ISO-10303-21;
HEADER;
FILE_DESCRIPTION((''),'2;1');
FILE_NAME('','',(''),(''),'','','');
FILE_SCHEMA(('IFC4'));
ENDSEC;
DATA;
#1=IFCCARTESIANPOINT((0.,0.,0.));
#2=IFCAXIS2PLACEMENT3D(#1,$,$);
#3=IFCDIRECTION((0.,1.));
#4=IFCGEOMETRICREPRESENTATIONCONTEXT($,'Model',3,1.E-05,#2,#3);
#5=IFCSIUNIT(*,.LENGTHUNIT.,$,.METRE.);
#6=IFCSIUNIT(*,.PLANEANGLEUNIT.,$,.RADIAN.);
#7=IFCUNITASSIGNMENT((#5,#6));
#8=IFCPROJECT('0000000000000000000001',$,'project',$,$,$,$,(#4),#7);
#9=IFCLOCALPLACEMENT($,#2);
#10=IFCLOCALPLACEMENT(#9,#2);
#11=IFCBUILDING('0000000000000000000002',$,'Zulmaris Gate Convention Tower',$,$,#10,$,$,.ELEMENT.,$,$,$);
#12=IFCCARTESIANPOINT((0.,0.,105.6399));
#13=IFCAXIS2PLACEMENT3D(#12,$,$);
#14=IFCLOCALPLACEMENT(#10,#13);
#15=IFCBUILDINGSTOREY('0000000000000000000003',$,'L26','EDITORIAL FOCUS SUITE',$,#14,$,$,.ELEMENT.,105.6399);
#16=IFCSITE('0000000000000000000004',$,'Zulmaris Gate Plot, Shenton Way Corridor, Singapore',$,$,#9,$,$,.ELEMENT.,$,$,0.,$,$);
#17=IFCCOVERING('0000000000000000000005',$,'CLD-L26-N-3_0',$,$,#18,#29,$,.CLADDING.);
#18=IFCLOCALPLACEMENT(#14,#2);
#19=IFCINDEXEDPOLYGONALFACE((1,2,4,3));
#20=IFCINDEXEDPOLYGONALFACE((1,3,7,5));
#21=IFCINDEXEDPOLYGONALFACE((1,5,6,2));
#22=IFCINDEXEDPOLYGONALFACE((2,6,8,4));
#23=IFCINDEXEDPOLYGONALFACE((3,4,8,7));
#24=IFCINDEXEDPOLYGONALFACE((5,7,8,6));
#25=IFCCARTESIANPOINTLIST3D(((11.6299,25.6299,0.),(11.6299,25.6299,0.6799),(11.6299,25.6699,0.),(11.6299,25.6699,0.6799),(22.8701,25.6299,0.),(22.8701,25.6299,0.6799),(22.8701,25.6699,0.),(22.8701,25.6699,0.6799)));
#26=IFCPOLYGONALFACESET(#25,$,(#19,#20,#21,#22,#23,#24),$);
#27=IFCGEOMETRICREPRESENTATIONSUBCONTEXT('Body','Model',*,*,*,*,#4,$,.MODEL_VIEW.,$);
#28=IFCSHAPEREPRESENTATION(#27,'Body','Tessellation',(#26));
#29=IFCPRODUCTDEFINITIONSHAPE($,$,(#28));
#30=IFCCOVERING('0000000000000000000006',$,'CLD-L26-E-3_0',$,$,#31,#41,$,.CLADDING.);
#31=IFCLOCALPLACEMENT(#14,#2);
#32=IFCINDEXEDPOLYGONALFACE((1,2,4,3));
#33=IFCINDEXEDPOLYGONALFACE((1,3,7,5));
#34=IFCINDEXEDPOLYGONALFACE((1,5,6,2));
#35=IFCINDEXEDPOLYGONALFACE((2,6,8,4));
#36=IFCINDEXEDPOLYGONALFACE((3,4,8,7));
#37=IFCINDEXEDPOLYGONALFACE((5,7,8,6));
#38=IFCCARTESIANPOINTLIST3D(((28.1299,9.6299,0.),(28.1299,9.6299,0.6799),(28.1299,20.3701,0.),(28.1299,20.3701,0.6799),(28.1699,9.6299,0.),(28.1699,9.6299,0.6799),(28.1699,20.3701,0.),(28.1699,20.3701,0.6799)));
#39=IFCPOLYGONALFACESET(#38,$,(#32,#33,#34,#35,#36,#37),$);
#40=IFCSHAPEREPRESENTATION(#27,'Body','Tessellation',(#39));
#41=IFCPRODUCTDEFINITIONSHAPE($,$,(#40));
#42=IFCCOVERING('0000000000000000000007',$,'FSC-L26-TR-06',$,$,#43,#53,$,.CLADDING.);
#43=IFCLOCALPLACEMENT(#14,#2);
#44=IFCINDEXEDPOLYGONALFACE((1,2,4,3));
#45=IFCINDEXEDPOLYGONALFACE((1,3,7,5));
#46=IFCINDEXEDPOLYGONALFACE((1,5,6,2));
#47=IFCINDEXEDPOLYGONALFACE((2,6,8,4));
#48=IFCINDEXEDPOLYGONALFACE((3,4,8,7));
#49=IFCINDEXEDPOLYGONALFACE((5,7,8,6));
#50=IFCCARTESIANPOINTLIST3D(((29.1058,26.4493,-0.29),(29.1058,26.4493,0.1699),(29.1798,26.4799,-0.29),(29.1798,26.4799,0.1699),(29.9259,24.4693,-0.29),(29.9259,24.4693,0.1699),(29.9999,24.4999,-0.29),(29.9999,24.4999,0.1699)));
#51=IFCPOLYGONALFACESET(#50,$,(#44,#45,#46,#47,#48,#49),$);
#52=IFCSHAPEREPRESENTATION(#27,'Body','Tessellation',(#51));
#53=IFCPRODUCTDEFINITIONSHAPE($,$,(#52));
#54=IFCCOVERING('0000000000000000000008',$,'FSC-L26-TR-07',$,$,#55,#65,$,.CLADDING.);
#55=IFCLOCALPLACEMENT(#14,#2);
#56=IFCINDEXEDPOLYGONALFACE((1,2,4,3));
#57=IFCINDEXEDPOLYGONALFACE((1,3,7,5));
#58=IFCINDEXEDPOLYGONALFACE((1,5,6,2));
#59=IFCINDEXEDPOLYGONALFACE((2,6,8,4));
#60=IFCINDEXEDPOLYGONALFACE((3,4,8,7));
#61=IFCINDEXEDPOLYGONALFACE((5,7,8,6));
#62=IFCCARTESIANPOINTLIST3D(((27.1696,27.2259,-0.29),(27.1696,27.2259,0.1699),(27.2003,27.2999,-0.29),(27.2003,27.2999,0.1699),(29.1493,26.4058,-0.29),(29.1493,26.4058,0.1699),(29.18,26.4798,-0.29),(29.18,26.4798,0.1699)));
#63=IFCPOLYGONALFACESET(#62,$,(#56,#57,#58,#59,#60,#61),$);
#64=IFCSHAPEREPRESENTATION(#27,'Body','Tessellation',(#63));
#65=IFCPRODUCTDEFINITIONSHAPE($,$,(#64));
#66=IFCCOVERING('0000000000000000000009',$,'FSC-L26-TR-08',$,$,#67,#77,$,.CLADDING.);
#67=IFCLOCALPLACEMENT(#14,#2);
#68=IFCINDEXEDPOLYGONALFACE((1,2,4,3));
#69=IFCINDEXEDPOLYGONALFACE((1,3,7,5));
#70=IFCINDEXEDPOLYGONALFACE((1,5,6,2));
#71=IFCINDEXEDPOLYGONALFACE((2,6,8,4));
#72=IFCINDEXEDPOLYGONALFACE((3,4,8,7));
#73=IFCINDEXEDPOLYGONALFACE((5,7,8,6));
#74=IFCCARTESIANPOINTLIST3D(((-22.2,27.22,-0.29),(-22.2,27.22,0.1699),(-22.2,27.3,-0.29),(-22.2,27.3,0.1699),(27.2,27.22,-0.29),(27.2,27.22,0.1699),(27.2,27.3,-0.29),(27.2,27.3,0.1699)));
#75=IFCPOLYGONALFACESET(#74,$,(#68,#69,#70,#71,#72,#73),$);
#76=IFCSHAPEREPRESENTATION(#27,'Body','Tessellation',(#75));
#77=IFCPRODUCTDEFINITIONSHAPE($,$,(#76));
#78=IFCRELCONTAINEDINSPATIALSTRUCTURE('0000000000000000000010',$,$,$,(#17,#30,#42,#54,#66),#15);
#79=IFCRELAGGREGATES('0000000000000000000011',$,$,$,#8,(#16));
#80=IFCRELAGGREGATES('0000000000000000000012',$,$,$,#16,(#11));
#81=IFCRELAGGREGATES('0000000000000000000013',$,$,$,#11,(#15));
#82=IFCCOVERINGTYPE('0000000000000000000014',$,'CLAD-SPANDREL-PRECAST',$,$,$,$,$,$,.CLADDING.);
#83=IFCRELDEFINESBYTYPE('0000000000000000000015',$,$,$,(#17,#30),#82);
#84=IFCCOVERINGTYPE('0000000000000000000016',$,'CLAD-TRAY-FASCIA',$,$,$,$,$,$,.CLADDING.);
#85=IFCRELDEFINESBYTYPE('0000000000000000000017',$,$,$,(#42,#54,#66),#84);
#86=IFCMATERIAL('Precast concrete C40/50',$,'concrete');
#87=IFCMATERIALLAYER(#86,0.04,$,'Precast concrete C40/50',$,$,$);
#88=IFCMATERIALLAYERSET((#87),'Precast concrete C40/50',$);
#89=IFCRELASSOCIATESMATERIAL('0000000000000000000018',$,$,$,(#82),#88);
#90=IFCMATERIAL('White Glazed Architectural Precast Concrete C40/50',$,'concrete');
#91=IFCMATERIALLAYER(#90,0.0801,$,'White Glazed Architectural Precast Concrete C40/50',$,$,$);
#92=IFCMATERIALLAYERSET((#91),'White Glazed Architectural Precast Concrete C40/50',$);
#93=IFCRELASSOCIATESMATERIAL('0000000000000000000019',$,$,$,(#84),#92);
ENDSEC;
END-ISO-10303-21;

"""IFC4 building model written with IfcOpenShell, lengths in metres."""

from ifc_helpers import new_model, si_unit, direction, frame, frame_2d, origin, place, context, subcontext, project, spatial, rectangle, extrude, material, layer, layer_set, type_object, element, save


model = new_model("IFC4")

# Units and contexts
model_context = context("Model", 3, precision=1e-05, world=origin(), true_north=direction((0.0, 1.0)))
body_context = subcontext(model_context, "Body", "Model", "MODEL_VIEW")
ifc_project = project(units=[si_unit("LENGTHUNIT", "METRE"), si_unit("PLANEANGLEUNIT", "RADIAN")], contexts=[model_context])

# Site, building, storey
site_placement = place(None, origin())
site = spatial("IfcSite", under=ifc_project, at=site_placement, Name="Zulmaris Gate Plot, Shenton Way Corridor, Singapore", CompositionType="ELEMENT", RefElevation=0.0)
building_placement = place(site_placement, origin())
building = spatial("IfcBuilding", under=site, at=building_placement, Name="Zulmaris Gate Convention Tower", CompositionType="ELEMENT")
storey_placement = place(building_placement, frame((0.0, 0.0, 105.6399)))
storey = spatial("IfcBuildingStorey", under=building, at=storey_placement, Name="L26", Description="EDITORIAL FOCUS SUITE", CompositionType="ELEMENT", Elevation=105.6399)

# Shared definitions
ifc_material_1 = material(Name="Precast concrete C40/50", Category="concrete")

# Coverings
ifc_layer_1 = layer(ifc_material_1, 0.04, Name="Precast concrete C40/50")
ifc_layer_set_1 = layer_set([ifc_layer_1], Name="Precast concrete C40/50")
covering_type_1 = type_object("IfcCoveringType", Name="CLAD-SPANDREL-PRECAST", PredefinedType="CLADDING", material=ifc_layer_set_1)
covering_1_placement = place(storey_placement, frame((22.8701, 25.6499, 0.0), z_axis=(0.0, 0.0, 1.0), x_axis=(-1.0, 0.0, 0.0)))
element("IfcCovering", 1, at=covering_1_placement, inside=storey, type_object=covering_type_1, Name="CLD-L26-N-3_0", PredefinedType="CLADDING", context=body_context, shape_type="SweptSolid", body=[
    extrude(rectangle(XDim=11.2402, YDim=0.04, at=frame_2d((5.6201, 0.0))), origin(), (0.0, 0.0, 1.0), 0.6799),
])
covering_2_placement = place(storey_placement, frame((28.1499, 9.6299, 0.0), z_axis=(0.0, 0.0, 1.0), x_axis=(0.0, 1.0, 0.0)))
element("IfcCovering", 2, at=covering_2_placement, inside=storey, type_object=covering_type_1, Name="CLD-L26-E-3_0", PredefinedType="CLADDING", context=body_context, shape_type="SweptSolid", body=[
    extrude(rectangle(XDim=10.7402, YDim=0.04, at=frame_2d((5.3701, 0.0))), origin(), (0.0, 0.0, 1.0), 0.6799),
])
ifc_material_2 = material(Name="White Glazed Architectural Precast Concrete C40/50", Category="concrete")
ifc_layer_2 = layer(ifc_material_2, 0.0801, Name="White Glazed Architectural Precast Concrete C40/50")
ifc_layer_set_2 = layer_set([ifc_layer_2], Name="White Glazed Architectural Precast Concrete C40/50")
covering_type_2 = type_object("IfcCoveringType", Name="CLAD-TRAY-FASCIA", PredefinedType="CLADDING", material=ifc_layer_set_2)
covering_3_placement = place(storey_placement, frame((29.9629, 24.4846, -0.29), z_axis=(0.0, 0.0, 1.0), x_axis=(-0.382657, 0.92389, 0.0)))
element("IfcCovering", 3, at=covering_3_placement, inside=storey, type_object=covering_type_2, Name="FSC-L26-TR-06", PredefinedType="CLADDING", context=body_context, shape_type="SweptSolid", body=[
    extrude(rectangle(XDim=2.1431, YDim=0.0801, at=frame_2d((1.0715, 0.0))), origin(), (0.0, 0.0, 1.0), 0.46),
])
covering_4_placement = place(storey_placement, frame((29.1646, 26.4429, -0.29), z_axis=(0.0, 0.0, 1.0), x_axis=(-0.923874, 0.382697, 0.0)))
element("IfcCovering", 4, at=covering_4_placement, inside=storey, type_object=covering_type_2, Name="FSC-L26-TR-07", PredefinedType="CLADDING", context=body_context, shape_type="SweptSolid", body=[
    extrude(rectangle(XDim=2.1428, YDim=0.0801, at=frame_2d((1.0713, 0.0))), origin(), (0.0, 0.0, 1.0), 0.46),
])
covering_5_placement = place(storey_placement, frame((27.2, 27.26, -0.29), z_axis=(0.0, 0.0, 1.0), x_axis=(-1.0, 0.0, 0.0)))
element("IfcCovering", 5, at=covering_5_placement, inside=storey, type_object=covering_type_2, Name="FSC-L26-TR-08", PredefinedType="CLADDING", context=body_context, shape_type="SweptSolid", body=[
    extrude(rectangle(XDim=49.3999, YDim=0.0801, at=frame_2d((24.7, 0.0))), origin(), (0.0, 0.0, 1.0), 0.46),
])

save(model, "model.ifc")
